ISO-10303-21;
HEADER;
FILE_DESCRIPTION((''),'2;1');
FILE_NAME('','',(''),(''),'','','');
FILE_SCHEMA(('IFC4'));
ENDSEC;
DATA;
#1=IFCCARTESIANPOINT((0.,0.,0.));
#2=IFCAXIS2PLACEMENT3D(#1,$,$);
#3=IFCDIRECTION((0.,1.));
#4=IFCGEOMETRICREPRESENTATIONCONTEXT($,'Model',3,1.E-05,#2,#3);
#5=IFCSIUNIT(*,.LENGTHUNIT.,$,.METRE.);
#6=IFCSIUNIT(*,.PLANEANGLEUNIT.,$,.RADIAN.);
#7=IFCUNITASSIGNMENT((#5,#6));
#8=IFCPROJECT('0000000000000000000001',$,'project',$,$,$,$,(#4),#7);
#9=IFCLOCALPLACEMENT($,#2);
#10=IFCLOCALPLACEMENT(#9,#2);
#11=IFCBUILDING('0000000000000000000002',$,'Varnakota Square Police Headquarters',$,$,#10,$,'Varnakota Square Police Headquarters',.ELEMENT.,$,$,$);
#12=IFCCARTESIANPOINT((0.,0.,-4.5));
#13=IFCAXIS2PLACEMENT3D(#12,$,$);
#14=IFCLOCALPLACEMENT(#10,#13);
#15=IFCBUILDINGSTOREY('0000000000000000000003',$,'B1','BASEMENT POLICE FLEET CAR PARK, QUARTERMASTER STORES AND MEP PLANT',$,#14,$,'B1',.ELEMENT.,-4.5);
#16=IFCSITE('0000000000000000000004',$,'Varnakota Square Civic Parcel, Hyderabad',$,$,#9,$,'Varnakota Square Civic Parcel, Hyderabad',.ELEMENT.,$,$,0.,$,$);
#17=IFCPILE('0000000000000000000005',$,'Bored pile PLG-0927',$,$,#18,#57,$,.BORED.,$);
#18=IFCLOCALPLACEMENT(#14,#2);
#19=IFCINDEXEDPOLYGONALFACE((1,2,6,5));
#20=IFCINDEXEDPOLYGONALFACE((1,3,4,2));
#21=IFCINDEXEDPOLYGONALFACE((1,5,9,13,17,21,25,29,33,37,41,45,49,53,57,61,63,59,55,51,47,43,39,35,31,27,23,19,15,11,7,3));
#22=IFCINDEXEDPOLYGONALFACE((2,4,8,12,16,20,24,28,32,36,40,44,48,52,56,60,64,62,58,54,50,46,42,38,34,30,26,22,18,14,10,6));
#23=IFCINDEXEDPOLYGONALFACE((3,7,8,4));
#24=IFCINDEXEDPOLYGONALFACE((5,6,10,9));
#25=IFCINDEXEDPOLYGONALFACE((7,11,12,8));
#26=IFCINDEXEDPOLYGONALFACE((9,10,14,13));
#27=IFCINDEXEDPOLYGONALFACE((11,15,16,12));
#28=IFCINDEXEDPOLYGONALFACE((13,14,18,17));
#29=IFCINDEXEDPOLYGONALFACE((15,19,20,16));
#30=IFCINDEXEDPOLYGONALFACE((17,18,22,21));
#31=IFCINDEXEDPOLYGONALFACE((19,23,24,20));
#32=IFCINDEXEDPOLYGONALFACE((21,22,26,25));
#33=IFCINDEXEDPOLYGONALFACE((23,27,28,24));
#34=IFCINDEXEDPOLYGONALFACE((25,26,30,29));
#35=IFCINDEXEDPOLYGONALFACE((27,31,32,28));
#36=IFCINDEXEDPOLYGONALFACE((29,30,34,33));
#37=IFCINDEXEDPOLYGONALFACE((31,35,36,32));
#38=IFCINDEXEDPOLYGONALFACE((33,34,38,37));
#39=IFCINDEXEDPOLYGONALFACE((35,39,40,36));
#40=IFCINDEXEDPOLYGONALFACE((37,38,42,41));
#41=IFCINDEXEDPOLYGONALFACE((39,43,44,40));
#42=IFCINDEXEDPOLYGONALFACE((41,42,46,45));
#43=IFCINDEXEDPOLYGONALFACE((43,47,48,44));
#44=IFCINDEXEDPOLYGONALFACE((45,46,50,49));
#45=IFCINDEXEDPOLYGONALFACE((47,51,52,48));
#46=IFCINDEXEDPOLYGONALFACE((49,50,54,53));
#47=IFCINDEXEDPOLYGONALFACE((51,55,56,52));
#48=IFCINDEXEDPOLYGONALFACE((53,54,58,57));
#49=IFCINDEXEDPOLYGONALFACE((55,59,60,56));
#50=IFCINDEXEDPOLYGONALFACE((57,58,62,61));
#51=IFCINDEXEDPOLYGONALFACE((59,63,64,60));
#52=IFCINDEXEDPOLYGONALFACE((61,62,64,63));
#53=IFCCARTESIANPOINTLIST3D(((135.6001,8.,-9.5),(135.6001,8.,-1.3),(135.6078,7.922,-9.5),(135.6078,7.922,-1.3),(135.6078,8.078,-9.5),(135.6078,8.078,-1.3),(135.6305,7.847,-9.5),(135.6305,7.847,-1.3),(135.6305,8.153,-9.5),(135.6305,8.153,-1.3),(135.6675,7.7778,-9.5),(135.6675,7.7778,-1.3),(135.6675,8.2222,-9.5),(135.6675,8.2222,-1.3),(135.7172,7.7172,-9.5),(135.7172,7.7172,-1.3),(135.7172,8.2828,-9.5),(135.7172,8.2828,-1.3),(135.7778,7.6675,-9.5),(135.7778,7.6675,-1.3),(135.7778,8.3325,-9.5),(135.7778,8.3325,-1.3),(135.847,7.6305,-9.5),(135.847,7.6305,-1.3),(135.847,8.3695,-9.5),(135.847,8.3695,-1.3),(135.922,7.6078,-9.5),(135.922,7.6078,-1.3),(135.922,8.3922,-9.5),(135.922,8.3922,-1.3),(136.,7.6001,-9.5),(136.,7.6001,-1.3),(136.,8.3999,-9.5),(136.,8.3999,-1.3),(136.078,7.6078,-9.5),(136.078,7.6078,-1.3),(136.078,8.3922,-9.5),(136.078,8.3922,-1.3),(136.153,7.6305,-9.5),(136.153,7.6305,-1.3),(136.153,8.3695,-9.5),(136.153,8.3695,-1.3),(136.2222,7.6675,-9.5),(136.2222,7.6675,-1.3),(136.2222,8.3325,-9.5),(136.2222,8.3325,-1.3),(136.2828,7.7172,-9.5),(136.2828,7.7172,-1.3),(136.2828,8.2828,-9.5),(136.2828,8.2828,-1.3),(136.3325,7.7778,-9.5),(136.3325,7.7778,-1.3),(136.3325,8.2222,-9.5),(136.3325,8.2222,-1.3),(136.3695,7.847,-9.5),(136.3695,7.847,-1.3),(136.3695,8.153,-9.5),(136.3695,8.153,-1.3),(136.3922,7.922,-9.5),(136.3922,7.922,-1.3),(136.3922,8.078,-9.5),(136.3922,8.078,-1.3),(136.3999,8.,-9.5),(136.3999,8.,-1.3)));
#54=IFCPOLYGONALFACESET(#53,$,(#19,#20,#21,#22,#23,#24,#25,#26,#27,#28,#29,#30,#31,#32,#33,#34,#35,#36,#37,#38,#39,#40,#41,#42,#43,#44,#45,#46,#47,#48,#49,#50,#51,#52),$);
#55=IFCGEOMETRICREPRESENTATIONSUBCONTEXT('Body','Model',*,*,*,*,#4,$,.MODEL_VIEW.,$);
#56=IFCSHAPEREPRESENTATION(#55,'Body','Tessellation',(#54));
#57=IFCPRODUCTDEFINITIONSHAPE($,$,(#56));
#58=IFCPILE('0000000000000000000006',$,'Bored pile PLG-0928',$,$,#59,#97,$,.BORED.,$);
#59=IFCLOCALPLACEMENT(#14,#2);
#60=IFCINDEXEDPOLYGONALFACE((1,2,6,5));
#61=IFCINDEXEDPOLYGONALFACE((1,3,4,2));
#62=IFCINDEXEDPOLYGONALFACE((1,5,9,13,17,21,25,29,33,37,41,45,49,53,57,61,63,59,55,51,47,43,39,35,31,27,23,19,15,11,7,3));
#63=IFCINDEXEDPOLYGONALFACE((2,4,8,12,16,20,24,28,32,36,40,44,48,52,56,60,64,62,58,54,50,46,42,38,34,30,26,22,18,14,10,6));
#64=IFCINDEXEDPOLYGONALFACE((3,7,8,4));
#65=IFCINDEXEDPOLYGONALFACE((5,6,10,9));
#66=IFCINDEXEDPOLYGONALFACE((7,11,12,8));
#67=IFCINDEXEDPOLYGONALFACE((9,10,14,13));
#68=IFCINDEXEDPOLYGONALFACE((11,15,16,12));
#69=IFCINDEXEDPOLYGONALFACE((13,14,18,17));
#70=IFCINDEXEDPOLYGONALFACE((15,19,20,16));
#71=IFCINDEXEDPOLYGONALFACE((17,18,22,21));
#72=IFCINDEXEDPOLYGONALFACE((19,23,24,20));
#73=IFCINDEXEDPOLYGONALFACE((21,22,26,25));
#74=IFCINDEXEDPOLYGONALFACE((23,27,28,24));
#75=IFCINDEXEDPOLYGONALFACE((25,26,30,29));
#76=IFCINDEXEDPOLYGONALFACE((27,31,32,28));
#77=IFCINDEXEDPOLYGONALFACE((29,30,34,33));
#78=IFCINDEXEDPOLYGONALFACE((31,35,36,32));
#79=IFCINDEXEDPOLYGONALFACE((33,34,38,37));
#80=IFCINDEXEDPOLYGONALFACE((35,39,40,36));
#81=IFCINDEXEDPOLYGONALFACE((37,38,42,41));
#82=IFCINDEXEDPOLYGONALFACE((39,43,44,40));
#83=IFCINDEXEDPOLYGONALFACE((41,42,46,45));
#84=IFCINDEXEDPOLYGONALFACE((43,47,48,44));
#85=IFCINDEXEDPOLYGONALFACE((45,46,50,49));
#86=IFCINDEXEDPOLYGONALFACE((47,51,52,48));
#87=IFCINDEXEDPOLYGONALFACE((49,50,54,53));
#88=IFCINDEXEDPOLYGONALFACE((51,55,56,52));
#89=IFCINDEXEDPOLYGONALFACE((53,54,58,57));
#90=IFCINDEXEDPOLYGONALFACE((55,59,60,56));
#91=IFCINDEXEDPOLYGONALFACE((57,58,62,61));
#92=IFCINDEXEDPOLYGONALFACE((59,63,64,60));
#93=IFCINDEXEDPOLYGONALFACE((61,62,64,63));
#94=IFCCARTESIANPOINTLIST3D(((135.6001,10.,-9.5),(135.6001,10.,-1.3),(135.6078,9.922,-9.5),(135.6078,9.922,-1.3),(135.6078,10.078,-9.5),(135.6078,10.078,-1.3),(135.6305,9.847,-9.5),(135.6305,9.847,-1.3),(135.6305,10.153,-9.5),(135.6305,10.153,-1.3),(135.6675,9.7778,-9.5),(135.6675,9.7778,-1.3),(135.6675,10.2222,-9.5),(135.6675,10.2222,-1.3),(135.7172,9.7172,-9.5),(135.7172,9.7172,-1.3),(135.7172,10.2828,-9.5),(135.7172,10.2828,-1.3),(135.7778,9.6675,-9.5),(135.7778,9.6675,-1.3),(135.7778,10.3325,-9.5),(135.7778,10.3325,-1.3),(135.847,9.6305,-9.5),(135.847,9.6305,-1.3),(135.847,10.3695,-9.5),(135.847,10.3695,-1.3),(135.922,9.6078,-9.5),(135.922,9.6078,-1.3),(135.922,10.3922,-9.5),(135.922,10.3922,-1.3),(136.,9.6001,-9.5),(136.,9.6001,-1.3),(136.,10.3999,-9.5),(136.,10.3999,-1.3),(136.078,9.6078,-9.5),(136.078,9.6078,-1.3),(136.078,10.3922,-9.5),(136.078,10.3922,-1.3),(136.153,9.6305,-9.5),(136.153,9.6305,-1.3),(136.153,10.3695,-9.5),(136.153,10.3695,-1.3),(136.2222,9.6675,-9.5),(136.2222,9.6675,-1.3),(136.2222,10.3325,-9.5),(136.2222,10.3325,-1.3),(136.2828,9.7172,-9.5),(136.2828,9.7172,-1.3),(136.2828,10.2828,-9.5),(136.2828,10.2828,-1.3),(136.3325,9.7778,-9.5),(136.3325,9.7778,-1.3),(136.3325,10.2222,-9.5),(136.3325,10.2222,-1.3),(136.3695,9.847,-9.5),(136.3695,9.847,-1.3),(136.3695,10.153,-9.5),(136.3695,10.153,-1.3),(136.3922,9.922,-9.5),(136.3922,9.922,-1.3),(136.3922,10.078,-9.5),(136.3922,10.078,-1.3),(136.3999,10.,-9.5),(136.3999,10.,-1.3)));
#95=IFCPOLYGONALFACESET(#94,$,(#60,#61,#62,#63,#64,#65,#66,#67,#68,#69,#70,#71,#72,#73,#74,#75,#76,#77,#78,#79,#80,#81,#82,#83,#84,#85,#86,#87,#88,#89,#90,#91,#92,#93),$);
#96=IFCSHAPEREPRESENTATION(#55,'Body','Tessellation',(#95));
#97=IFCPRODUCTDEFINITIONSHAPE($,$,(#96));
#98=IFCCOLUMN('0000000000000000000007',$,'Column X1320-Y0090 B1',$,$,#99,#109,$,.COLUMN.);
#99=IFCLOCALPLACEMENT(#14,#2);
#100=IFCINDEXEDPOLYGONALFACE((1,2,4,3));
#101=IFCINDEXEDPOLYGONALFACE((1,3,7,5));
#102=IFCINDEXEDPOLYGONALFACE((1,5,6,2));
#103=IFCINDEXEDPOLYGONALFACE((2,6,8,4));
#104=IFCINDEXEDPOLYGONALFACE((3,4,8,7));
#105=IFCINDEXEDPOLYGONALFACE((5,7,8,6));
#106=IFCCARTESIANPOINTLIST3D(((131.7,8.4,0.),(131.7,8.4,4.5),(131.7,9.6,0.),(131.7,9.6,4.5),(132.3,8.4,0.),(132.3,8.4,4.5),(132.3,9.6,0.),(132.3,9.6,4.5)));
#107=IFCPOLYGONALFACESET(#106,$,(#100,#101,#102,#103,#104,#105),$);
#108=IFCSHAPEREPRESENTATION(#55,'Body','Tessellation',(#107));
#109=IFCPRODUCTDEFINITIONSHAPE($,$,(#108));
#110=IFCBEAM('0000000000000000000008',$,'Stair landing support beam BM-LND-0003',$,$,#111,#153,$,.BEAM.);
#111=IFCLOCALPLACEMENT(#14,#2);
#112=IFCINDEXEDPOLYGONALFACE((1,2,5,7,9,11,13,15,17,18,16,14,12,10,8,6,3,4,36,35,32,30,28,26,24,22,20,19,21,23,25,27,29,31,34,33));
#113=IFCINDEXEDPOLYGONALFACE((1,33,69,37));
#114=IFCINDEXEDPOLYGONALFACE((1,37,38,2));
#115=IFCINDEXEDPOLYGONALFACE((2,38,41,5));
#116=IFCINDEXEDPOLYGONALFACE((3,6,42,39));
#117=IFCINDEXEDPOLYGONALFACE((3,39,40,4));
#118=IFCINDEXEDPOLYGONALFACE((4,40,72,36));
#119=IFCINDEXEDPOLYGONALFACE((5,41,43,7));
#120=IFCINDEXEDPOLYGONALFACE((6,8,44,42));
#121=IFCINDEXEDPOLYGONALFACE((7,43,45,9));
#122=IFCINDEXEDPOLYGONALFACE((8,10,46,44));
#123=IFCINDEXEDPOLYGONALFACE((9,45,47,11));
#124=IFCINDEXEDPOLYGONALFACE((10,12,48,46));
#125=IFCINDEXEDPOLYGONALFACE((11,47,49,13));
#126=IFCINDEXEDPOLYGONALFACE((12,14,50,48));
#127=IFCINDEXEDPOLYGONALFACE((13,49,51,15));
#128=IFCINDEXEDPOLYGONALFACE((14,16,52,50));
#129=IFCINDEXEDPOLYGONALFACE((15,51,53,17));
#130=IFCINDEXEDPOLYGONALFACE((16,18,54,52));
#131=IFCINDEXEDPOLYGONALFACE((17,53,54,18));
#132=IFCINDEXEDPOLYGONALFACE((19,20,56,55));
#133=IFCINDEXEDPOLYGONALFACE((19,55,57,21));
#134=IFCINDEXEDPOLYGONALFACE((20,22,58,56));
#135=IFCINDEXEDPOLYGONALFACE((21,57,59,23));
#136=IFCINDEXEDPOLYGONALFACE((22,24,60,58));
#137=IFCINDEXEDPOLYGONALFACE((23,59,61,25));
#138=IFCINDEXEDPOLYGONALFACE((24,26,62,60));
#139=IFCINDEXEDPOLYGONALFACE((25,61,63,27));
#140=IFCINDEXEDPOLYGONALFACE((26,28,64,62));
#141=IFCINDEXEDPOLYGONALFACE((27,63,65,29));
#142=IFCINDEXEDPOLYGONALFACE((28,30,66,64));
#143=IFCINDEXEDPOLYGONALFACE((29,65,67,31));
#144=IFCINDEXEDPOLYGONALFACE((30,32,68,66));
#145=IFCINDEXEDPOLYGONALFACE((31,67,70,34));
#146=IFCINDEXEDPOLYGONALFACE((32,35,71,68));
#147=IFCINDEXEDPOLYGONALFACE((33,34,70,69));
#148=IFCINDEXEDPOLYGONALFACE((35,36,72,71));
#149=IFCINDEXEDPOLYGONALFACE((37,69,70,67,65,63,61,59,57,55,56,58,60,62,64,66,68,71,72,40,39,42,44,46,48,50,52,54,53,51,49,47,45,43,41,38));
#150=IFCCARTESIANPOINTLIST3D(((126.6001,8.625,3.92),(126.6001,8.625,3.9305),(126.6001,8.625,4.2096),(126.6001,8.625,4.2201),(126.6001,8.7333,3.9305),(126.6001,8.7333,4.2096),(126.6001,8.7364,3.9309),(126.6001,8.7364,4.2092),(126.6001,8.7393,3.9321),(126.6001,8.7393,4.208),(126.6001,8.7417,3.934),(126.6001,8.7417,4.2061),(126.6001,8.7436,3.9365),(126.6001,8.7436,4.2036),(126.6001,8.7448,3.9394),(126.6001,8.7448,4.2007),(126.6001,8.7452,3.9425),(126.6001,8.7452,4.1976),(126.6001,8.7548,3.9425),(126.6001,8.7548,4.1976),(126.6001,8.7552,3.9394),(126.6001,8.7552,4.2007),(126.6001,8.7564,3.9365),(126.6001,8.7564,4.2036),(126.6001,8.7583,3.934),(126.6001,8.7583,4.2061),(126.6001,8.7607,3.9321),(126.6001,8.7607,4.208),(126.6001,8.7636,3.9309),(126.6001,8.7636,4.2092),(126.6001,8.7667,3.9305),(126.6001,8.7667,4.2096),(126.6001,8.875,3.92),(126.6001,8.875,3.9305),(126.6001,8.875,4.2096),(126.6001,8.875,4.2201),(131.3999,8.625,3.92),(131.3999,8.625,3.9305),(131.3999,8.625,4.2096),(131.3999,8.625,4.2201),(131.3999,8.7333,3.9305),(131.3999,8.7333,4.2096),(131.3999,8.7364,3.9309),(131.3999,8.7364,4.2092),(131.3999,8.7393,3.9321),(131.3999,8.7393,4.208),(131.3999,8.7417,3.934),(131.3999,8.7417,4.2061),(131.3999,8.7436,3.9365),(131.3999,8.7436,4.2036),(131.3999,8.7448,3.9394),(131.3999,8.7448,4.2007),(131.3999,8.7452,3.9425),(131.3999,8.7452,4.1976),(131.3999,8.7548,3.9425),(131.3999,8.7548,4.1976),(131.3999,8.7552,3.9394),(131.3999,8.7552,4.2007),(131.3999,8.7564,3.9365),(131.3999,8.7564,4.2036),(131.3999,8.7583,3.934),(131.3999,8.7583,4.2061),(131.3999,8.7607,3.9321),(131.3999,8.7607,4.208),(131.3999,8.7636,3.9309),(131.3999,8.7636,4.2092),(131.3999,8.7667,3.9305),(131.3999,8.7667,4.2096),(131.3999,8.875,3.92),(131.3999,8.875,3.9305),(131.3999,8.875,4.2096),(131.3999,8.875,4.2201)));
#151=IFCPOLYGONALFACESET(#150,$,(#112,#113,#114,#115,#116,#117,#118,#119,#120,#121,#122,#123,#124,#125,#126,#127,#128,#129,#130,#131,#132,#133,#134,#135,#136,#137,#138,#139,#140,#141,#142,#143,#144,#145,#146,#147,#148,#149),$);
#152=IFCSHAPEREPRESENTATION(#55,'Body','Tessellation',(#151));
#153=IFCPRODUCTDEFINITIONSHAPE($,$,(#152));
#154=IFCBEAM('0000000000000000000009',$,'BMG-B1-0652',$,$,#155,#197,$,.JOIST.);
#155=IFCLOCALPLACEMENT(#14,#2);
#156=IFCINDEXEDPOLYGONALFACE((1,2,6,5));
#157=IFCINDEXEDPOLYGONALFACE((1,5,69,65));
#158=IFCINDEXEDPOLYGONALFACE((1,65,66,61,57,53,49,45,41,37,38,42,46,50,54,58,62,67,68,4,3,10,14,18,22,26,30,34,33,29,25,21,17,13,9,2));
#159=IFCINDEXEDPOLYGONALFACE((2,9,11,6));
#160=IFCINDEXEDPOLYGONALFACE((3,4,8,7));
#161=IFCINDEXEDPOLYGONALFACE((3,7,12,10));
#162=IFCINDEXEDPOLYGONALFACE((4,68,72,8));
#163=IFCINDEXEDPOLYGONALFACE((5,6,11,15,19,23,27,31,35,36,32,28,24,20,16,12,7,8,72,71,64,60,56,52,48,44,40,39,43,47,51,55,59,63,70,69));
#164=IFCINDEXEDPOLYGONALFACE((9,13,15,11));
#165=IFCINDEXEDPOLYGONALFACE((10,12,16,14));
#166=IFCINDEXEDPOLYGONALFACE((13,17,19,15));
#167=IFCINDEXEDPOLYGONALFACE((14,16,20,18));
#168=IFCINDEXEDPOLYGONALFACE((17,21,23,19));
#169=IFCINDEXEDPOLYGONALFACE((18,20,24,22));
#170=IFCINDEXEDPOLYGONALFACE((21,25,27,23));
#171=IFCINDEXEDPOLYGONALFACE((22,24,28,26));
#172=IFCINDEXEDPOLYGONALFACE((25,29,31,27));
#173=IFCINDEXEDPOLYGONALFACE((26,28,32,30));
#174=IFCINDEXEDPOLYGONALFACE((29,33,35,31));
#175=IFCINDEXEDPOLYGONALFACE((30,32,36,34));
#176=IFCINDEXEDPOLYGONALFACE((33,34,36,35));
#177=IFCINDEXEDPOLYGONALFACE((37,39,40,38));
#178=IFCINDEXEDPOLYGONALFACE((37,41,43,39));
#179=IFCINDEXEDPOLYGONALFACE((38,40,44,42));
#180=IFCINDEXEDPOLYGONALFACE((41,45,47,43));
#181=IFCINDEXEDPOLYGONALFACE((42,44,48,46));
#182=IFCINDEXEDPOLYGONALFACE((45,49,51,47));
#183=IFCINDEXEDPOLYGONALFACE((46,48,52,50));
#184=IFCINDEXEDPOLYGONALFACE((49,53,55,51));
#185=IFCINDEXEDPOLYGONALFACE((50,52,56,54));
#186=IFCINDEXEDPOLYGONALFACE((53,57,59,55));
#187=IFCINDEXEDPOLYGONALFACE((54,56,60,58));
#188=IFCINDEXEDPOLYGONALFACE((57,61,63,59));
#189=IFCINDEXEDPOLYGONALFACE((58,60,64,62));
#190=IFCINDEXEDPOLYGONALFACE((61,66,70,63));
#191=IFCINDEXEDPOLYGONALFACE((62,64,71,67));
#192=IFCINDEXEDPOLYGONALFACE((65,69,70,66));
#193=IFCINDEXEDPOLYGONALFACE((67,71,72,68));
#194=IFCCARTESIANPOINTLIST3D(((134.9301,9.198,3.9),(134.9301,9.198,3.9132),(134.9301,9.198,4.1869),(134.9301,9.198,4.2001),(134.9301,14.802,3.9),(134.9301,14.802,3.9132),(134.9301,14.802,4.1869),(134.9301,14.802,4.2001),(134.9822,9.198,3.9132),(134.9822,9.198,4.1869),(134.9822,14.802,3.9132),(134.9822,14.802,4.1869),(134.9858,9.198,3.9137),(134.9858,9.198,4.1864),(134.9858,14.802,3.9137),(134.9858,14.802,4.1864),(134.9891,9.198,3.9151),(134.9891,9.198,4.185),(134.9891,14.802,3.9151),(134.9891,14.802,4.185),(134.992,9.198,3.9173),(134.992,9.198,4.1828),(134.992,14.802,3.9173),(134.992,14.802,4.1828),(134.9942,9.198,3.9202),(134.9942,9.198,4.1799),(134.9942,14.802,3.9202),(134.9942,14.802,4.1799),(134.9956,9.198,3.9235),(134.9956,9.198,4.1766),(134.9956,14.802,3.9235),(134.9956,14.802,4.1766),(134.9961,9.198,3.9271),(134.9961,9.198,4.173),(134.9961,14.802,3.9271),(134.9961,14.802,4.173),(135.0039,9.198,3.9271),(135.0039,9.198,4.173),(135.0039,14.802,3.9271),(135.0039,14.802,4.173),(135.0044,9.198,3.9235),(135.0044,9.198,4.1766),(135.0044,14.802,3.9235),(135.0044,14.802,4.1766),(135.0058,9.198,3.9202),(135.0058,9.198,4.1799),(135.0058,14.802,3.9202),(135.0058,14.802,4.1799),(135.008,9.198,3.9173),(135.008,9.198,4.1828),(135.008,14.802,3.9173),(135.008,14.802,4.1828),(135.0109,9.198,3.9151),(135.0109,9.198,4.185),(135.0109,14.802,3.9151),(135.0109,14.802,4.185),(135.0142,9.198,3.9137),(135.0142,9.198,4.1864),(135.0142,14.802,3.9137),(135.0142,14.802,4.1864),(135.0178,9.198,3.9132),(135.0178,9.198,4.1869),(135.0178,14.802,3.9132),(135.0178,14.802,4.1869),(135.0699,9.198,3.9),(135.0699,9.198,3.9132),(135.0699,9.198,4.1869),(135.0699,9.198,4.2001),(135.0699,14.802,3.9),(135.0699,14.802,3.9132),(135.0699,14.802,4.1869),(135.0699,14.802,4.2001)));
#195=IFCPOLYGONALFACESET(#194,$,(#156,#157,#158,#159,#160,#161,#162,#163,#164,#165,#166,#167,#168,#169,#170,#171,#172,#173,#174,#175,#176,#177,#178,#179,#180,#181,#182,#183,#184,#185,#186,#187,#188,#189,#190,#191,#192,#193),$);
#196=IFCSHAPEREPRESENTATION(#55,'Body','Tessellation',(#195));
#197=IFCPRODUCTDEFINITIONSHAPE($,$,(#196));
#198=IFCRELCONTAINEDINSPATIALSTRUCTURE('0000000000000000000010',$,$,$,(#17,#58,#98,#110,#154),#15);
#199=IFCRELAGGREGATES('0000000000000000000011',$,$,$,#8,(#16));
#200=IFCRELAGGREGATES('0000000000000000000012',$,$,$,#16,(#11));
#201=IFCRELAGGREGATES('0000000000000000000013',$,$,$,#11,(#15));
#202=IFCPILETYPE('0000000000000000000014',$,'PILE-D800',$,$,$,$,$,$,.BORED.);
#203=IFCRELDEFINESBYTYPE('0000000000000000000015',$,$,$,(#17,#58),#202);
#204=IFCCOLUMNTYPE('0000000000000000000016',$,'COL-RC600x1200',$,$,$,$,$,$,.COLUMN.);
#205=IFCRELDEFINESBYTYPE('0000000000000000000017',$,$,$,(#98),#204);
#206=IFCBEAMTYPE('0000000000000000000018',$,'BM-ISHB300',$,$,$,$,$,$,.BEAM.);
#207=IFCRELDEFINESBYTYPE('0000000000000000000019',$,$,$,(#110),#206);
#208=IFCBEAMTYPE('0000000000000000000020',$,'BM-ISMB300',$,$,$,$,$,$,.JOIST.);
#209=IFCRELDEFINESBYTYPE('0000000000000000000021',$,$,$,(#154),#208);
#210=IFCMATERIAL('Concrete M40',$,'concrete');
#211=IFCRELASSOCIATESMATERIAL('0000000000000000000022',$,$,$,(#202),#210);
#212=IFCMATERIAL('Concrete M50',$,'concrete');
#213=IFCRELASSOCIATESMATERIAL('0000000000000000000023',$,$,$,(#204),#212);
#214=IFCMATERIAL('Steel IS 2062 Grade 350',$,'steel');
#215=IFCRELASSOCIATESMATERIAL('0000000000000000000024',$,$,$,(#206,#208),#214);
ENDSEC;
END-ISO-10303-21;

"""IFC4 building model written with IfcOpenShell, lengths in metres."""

from ifc_helpers import new_model, si_unit, direction, frame, origin, origin_2d, place, context, subcontext, project, spatial, rectangle, circle, i_section, extrude, material, material_profile, profile_set, type_object, element, save


model = new_model("IFC4")

# Units and contexts
model_context = context("Model", 3, precision=1e-05, world=origin(), true_north=direction((0.0, 1.0)))
body_context = subcontext(model_context, "Body", "Model", "MODEL_VIEW")
ifc_project = project(units=[si_unit("LENGTHUNIT", "METRE"), si_unit("PLANEANGLEUNIT", "RADIAN")], contexts=[model_context])

# Site, building, storey
site_placement = place(None, origin())
site = spatial("IfcSite", under=ifc_project, at=site_placement, Name="Varnakota Square Civic Parcel, Hyderabad", LongName="Varnakota Square Civic Parcel, Hyderabad", CompositionType="ELEMENT", RefElevation=0.0)
building_placement = place(site_placement, origin())
building = spatial("IfcBuilding", under=site, at=building_placement, Name="Varnakota Square Police Headquarters", LongName="Varnakota Square Police Headquarters", CompositionType="ELEMENT")
storey_placement = place(building_placement, frame((0.0, 0.0, -4.5)))
storey = spatial("IfcBuildingStorey", under=building, at=storey_placement, Name="B1", Description="BASEMENT POLICE FLEET CAR PARK, QUARTERMASTER STORES AND MEP PLANT", LongName="B1", CompositionType="ELEMENT", Elevation=-4.5)

# Shared definitions
ifc_material_1 = material(Name="Concrete M40", Category="concrete")
ifc_material_2 = material(Name="Concrete M50", Category="concrete")

# Piles
ifc_material_profile_1 = material_profile(ifc_material_1, circle(Radius=0.3999, at=origin_2d()), Name="BORED PILE 800")
ifc_profile_set_1 = profile_set([ifc_material_profile_1], Name="Concrete M40")
pile_type = type_object("IfcPileType", Name="PILE-D800", PredefinedType="BORED", material=ifc_profile_set_1)
for number, where, z_axis, x_axis, name in (
    (1, (136.0, 8.0, -1.3), (0.0, 0.0, -1.0), (1.0, 0.0, 0.0), "Bored pile PLG-0927"),
    (2, (136.0, 10.0, -1.3), (0.0, 0.0, -1.0), (1.0, 0.0, 0.0), "Bored pile PLG-0928"),
):
    element("IfcPile", number, at=place(storey_placement, frame(where, z_axis=z_axis, x_axis=x_axis)), inside=storey, type_object=pile_type, Name=name, PredefinedType="BORED", context=body_context, shape_type="SweptSolid", body=[
        extrude(circle(Radius=0.3999, at=origin_2d()), origin(), (0.0, 0.0, 1.0), 8.2),
    ])

# Column
ifc_material_profile_2 = material_profile(ifc_material_2, rectangle(XDim=0.6001, YDim=1.2, at=origin_2d()), Name="RC 600x1200")
ifc_profile_set_2 = profile_set([ifc_material_profile_2], Name="Concrete M50")
column_type = type_object("IfcColumnType", Name="COL-RC600x1200", PredefinedType="COLUMN", material=ifc_profile_set_2)
column_placement = place(storey_placement, frame((132.0, 9.0, 0.0), z_axis=(0.0, 0.0, 1.0), x_axis=(1.0, 0.0, 0.0)))
element("IfcColumn", 3, at=column_placement, inside=storey, type_object=column_type, Name="Column X1320-Y0090 B1", PredefinedType="COLUMN", context=body_context, shape_type="SweptSolid", body=[
    extrude(rectangle(XDim=0.6001, YDim=1.2, at=origin_2d()), origin(), (0.0, 0.0, 1.0), 4.5),
])

# Beams
ifc_material_3 = material(Name="Steel IS 2062 Grade 350", Category="steel")
ifc_material_profile_3 = material_profile(ifc_material_3, i_section(OverallWidth=0.25, OverallDepth=0.3, WebThickness=0.0095, FlangeThickness=0.0105, FilletRadius=0.012, at=origin_2d()), Name="ISHB 300")
ifc_profile_set_3 = profile_set([ifc_material_profile_3], Name="Steel IS 2062 Grade 350")
beam_type_1 = type_object("IfcBeamType", Name="BM-ISHB300", PredefinedType="BEAM", material=ifc_profile_set_3)
beam_1_placement = place(storey_placement, frame((126.6001, 8.75, 4.0701), z_axis=(1.0, 0.0, 0.0), x_axis=(0.0, 1.0, 0.0)))
element("IfcBeam", 4, at=beam_1_placement, inside=storey, type_object=beam_type_1, Name="Stair landing support beam BM-LND-0003", PredefinedType="BEAM", context=body_context, shape_type="SweptSolid", body=[
    extrude(i_section(OverallWidth=0.25, OverallDepth=0.3, WebThickness=0.0095, FlangeThickness=0.0105, FilletRadius=0.012, at=origin_2d()), origin(), (0.0, 0.0, 1.0), 4.7998),
])
ifc_material_profile_4 = material_profile(ifc_material_3, i_section(OverallWidth=0.1399, OverallDepth=0.3, WebThickness=0.0078, FlangeThickness=0.0132, FilletRadius=0.0139, at=origin_2d()), Name="ISMB 300")
ifc_profile_set_4 = profile_set([ifc_material_profile_4], Name="Steel IS 2062 Grade 350")
beam_type_2 = type_object("IfcBeamType", Name="BM-ISMB300", PredefinedType="JOIST", material=ifc_profile_set_4)
beam_2_placement = place(storey_placement, frame((135.0, 9.198, 4.05), z_axis=(0.0, 1.0, 0.0), x_axis=(-1.0, 0.0, 0.0)))
element("IfcBeam", 5, at=beam_2_placement, inside=storey, type_object=beam_type_2, Name="BMG-B1-0652", PredefinedType="JOIST", context=body_context, shape_type="SweptSolid", body=[
    extrude(i_section(OverallWidth=0.1399, OverallDepth=0.3, WebThickness=0.0078, FlangeThickness=0.0132, FilletRadius=0.0139, at=origin_2d()), origin(), (0.0, 0.0, 1.0), 5.604),
])

save(model, "model.ifc")
